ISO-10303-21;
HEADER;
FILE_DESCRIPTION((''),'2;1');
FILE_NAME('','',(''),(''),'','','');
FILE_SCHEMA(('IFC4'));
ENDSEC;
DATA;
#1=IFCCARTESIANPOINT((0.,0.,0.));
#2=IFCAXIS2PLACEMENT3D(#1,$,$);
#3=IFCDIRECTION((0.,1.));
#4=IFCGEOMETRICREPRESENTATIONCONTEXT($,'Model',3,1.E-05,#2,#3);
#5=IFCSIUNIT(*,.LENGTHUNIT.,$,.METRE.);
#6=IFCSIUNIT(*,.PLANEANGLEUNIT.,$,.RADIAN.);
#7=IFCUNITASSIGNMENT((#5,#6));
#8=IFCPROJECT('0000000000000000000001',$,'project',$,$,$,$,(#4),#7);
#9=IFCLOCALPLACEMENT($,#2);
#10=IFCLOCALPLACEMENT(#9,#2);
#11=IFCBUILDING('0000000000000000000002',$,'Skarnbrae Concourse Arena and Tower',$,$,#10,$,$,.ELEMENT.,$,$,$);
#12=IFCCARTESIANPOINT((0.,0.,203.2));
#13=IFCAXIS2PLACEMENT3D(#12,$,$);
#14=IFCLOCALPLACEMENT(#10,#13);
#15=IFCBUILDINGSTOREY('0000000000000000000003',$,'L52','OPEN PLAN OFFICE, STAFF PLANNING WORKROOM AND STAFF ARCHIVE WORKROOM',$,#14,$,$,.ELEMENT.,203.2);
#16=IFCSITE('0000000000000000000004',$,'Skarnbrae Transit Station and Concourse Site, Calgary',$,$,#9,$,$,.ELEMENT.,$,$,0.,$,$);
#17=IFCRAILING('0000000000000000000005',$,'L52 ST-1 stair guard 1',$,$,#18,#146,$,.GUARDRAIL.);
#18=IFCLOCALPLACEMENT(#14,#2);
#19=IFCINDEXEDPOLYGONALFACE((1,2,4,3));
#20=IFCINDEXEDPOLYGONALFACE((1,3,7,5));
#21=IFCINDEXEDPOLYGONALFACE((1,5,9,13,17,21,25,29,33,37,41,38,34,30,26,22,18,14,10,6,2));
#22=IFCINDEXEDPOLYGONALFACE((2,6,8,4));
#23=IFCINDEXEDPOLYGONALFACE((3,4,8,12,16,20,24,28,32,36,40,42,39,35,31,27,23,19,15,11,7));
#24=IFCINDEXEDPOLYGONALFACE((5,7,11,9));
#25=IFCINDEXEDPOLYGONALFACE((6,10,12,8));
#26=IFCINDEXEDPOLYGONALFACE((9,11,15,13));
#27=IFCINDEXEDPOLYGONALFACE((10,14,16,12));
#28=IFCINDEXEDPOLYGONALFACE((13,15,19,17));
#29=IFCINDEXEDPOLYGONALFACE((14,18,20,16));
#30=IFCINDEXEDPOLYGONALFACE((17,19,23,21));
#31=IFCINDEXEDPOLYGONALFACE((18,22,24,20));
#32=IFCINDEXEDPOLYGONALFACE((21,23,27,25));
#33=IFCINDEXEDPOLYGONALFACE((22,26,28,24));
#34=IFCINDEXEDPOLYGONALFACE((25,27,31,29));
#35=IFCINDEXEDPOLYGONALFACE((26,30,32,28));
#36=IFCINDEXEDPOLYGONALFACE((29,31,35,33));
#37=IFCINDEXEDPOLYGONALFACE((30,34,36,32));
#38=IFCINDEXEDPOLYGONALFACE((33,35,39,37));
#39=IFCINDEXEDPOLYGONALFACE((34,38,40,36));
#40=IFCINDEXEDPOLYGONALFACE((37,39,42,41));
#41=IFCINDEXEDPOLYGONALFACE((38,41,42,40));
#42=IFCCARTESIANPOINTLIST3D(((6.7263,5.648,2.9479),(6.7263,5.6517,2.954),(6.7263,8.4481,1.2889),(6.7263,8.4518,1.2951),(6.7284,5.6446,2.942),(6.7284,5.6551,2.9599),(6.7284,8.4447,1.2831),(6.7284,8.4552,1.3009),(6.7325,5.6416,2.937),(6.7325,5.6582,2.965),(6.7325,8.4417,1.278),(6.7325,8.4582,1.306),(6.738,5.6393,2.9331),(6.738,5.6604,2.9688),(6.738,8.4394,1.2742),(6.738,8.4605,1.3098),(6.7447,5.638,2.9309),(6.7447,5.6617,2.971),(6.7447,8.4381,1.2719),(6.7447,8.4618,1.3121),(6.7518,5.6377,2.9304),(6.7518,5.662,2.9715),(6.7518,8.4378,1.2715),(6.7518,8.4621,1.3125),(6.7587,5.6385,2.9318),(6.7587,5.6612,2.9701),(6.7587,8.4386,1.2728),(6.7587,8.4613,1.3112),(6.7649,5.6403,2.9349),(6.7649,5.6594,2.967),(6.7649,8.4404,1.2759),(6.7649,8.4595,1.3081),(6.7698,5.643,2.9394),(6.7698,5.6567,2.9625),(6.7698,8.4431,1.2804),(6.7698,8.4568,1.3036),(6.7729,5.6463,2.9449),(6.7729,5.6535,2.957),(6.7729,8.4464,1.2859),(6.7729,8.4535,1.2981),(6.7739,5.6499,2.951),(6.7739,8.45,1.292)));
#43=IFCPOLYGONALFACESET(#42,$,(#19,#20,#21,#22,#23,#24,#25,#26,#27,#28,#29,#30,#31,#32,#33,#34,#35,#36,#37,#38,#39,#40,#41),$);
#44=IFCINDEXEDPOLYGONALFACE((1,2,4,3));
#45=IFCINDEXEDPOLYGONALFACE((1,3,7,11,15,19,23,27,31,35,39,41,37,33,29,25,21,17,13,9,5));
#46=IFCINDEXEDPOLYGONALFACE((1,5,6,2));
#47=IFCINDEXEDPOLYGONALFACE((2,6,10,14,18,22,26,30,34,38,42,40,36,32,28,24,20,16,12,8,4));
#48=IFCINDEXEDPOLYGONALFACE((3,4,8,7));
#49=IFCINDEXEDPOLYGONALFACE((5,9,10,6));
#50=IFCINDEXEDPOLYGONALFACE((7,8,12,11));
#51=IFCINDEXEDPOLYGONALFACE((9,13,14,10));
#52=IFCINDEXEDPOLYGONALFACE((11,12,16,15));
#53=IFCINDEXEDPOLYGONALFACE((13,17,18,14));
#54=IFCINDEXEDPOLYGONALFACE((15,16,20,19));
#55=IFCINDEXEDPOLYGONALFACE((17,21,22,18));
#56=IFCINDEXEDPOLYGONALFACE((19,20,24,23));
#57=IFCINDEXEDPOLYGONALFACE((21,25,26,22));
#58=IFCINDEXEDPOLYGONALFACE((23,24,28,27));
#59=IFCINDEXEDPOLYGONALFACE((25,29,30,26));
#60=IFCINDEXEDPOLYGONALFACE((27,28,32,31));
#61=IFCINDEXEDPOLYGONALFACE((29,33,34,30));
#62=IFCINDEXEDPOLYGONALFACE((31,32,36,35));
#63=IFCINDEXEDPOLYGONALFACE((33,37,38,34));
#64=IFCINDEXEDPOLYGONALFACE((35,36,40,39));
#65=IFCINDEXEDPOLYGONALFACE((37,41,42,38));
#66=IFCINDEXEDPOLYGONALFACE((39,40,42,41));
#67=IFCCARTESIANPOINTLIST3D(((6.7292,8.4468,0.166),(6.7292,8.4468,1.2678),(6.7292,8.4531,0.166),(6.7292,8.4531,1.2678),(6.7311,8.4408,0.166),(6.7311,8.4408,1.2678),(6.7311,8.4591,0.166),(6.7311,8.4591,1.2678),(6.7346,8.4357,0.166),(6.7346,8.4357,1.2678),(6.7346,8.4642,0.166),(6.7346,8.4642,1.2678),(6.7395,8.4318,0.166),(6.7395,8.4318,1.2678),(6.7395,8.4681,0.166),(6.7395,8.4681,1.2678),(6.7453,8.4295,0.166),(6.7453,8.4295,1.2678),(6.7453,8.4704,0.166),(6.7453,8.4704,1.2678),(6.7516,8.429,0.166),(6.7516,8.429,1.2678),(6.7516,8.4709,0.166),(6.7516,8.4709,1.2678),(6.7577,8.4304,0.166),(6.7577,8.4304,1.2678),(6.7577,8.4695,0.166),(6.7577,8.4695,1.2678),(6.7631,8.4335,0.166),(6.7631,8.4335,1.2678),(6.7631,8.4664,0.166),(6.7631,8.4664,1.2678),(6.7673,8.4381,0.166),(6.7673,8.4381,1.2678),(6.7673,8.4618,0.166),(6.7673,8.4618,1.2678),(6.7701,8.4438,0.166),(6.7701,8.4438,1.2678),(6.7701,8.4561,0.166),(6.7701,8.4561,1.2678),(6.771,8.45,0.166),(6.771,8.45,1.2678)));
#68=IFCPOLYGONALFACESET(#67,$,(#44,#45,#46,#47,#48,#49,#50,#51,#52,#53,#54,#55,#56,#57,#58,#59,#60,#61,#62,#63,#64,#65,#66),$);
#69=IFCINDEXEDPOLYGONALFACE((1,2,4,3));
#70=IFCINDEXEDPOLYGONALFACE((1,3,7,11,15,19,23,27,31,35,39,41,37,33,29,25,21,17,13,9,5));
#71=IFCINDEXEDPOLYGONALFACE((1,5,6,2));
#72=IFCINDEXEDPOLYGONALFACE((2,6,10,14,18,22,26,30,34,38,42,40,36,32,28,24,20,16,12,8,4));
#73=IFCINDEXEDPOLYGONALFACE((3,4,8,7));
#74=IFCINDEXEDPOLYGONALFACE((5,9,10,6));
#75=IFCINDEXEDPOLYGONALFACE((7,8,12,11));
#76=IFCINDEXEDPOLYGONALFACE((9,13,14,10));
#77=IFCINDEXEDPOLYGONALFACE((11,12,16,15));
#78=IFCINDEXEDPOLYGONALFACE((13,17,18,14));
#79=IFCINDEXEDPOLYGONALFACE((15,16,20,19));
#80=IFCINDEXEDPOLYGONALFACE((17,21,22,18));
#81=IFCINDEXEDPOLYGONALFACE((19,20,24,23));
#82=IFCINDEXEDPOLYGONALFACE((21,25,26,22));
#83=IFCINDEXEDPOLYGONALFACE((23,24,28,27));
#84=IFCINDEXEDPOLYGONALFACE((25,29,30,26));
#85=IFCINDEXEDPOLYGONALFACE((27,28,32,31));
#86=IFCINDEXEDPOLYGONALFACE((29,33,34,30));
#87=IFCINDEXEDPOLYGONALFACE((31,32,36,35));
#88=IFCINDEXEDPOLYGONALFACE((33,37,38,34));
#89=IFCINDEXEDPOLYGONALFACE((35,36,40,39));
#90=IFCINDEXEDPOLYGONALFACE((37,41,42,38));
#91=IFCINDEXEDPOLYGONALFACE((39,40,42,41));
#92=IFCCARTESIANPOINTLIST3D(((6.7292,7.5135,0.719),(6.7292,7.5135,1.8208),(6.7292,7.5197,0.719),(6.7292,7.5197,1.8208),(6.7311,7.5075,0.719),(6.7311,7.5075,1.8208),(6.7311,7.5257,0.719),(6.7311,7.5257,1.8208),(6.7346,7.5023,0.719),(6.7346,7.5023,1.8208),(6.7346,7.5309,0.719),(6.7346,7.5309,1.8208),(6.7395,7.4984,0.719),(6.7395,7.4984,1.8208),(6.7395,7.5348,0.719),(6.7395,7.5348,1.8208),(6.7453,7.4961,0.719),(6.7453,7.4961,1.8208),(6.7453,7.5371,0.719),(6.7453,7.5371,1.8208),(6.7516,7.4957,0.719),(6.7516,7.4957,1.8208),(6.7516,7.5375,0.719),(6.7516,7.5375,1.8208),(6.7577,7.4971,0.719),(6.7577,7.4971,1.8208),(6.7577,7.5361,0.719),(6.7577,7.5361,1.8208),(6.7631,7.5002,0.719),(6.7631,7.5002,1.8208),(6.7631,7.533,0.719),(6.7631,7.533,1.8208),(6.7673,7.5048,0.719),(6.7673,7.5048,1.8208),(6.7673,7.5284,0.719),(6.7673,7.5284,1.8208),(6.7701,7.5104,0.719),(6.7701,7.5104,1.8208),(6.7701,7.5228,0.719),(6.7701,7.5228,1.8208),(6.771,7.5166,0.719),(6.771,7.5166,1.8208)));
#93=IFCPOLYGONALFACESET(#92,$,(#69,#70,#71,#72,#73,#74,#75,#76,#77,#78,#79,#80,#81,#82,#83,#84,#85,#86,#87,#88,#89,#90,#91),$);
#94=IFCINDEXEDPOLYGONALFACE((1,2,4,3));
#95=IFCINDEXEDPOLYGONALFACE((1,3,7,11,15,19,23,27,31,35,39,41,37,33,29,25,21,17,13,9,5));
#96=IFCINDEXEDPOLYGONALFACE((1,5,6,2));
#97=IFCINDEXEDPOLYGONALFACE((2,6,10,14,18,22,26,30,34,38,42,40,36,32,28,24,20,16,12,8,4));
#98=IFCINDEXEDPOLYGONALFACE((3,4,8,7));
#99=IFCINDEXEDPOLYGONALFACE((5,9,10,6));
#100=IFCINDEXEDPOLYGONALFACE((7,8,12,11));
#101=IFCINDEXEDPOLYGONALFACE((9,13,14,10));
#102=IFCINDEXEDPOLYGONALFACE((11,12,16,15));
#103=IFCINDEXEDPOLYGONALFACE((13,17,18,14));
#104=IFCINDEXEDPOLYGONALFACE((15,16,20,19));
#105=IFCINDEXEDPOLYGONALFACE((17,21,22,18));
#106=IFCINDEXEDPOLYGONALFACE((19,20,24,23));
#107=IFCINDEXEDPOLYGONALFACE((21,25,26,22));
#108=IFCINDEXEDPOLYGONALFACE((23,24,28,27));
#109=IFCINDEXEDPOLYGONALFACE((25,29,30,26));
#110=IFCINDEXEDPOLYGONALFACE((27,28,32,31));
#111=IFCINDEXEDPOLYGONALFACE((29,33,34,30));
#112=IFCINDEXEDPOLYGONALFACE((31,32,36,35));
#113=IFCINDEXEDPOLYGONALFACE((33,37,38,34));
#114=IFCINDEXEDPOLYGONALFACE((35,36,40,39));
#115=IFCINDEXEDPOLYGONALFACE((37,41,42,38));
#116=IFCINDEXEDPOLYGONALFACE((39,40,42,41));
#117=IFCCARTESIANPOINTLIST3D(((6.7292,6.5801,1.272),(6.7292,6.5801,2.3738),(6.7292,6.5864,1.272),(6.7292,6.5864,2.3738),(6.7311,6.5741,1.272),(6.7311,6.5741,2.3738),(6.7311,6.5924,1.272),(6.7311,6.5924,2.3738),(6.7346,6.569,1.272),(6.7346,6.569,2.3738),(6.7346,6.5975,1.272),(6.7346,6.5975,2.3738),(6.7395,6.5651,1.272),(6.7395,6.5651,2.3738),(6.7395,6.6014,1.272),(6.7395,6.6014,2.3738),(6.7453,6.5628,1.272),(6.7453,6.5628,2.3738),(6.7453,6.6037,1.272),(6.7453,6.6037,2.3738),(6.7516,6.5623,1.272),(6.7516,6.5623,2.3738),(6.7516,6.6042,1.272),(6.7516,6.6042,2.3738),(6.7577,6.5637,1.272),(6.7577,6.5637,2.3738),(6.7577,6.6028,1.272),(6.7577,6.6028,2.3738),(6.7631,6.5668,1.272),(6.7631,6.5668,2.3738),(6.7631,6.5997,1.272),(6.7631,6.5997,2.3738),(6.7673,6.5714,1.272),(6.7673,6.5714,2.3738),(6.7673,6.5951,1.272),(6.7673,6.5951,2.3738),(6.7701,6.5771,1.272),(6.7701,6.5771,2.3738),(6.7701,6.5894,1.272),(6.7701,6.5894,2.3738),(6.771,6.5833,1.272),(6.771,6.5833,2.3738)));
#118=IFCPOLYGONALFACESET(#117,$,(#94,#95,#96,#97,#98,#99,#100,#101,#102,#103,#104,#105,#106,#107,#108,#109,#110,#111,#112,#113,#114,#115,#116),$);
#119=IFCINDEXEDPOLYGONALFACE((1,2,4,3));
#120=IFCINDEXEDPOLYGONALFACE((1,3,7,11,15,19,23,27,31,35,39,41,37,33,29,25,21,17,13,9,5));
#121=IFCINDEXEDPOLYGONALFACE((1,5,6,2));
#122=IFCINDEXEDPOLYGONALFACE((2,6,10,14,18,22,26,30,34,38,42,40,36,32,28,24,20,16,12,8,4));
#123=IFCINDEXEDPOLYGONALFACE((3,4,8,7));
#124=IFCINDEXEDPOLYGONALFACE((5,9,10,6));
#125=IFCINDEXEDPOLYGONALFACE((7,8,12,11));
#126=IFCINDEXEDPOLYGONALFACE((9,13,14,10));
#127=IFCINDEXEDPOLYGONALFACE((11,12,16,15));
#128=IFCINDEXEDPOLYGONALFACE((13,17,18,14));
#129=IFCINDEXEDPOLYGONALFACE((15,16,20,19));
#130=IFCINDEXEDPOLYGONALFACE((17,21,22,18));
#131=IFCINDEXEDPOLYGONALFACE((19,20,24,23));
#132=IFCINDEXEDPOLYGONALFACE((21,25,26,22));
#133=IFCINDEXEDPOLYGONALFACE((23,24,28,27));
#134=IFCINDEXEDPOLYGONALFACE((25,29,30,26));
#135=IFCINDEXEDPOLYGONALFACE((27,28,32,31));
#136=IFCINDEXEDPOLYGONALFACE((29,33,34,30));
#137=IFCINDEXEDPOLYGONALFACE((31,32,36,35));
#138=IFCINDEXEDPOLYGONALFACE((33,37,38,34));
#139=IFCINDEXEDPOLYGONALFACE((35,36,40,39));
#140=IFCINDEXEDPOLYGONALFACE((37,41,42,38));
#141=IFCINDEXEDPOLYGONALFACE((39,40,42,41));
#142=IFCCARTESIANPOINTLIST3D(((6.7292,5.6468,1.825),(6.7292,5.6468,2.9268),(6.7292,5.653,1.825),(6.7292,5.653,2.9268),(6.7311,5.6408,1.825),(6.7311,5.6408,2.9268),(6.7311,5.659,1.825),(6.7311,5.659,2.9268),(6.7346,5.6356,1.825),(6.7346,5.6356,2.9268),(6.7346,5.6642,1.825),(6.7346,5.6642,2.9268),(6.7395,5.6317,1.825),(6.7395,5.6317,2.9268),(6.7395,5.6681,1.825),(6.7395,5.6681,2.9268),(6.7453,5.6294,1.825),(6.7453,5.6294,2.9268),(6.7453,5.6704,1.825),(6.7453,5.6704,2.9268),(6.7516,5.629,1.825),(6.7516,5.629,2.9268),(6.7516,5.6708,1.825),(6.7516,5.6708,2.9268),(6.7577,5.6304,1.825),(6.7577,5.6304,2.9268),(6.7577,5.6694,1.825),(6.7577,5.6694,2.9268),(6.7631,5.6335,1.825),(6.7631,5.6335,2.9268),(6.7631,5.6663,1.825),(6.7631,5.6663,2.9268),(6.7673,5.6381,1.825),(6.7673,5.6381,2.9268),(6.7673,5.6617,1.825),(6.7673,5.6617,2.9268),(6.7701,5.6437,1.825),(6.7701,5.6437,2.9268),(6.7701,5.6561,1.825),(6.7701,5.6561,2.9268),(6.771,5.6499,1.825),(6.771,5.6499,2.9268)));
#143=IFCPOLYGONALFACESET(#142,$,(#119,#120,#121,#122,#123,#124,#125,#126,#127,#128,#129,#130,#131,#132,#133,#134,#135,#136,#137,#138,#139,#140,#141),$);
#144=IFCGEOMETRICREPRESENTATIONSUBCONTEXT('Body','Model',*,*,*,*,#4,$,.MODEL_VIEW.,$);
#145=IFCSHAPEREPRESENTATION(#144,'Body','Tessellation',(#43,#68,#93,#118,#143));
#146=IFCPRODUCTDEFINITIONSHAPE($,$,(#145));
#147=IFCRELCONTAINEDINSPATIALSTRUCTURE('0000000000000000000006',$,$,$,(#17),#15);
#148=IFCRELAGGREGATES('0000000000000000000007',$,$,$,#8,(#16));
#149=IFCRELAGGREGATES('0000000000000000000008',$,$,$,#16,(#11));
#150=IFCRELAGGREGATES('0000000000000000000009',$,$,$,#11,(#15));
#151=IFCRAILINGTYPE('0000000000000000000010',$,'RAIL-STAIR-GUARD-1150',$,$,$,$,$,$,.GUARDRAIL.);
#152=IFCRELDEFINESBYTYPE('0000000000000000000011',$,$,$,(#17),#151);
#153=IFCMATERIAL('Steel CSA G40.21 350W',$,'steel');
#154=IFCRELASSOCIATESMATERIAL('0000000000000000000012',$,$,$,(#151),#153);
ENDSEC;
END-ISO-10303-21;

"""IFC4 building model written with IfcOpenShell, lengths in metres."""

from ifc_helpers import new_model, si_unit, direction, frame, origin, origin_2d, place, context, subcontext, project, spatial, circle, extrude, material, type_object, element, save


model = new_model("IFC4")

# Units and contexts
model_context = context("Model", 3, precision=1e-05, world=origin(), true_north=direction((0.0, 1.0)))
body_context = subcontext(model_context, "Body", "Model", "MODEL_VIEW")
ifc_project = project(units=[si_unit("LENGTHUNIT", "METRE"), si_unit("PLANEANGLEUNIT", "RADIAN")], contexts=[model_context])

# Site, building, storey
site_placement = place(None, origin())
site = spatial("IfcSite", under=ifc_project, at=site_placement, Name="Skarnbrae Transit Station and Concourse Site, Calgary", CompositionType="ELEMENT", RefElevation=0.0)
building_placement = place(site_placement, origin())
building = spatial("IfcBuilding", under=site, at=building_placement, Name="Skarnbrae Concourse Arena and Tower", CompositionType="ELEMENT")
storey_placement = place(building_placement, frame((0.0, 0.0, 203.2)))
storey = spatial("IfcBuildingStorey", under=building, at=storey_placement, Name="L52", Description="OPEN PLAN OFFICE, STAFF PLANNING WORKROOM AND STAFF ARCHIVE WORKROOM", CompositionType="ELEMENT", Elevation=203.2)

# Railing
ifc_material_1 = material(Name="Steel CSA G40.21 350W", Category="steel")
railing_type_1 = type_object("IfcRailingType", Name="RAIL-STAIR-GUARD-1150", PredefinedType="GUARDRAIL", material=ifc_material_1)
railing_1_placement = place(storey_placement, frame((6.75, 8.45, 0.166)))
element("IfcRailing", 1, at=railing_1_placement, inside=storey, type_object=railing_type_1, Name="L52 ST-1 stair guard 1", PredefinedType="GUARDRAIL", context=body_context, shape_type="SweptSolid", body=[
    extrude(circle(Radius=0.0239, at=origin_2d()), frame((0.0, 0.0, 1.126), z_axis=(0.0, -0.860339, 0.509722), x_axis=(1.0, 0.0, 0.0)), (0.0, 0.0, 1.0), 3.2546),
    extrude(circle(Radius=0.021, at=origin_2d()), origin(), (0.0, 0.0, 1.0), 1.1018),
    extrude(circle(Radius=0.021, at=origin_2d()), frame((0.0, -0.9333, 0.553)), (0.0, 0.0, 1.0), 1.1018),
    extrude(circle(Radius=0.021, at=origin_2d()), frame((0.0, -1.8667, 1.106)), (0.0, 0.0, 1.0), 1.1018),
    extrude(circle(Radius=0.021, at=origin_2d()), frame((0.0, -2.8, 1.6589)), (0.0, 0.0, 1.0), 1.1018),
])

save(model, "model.ifc")
